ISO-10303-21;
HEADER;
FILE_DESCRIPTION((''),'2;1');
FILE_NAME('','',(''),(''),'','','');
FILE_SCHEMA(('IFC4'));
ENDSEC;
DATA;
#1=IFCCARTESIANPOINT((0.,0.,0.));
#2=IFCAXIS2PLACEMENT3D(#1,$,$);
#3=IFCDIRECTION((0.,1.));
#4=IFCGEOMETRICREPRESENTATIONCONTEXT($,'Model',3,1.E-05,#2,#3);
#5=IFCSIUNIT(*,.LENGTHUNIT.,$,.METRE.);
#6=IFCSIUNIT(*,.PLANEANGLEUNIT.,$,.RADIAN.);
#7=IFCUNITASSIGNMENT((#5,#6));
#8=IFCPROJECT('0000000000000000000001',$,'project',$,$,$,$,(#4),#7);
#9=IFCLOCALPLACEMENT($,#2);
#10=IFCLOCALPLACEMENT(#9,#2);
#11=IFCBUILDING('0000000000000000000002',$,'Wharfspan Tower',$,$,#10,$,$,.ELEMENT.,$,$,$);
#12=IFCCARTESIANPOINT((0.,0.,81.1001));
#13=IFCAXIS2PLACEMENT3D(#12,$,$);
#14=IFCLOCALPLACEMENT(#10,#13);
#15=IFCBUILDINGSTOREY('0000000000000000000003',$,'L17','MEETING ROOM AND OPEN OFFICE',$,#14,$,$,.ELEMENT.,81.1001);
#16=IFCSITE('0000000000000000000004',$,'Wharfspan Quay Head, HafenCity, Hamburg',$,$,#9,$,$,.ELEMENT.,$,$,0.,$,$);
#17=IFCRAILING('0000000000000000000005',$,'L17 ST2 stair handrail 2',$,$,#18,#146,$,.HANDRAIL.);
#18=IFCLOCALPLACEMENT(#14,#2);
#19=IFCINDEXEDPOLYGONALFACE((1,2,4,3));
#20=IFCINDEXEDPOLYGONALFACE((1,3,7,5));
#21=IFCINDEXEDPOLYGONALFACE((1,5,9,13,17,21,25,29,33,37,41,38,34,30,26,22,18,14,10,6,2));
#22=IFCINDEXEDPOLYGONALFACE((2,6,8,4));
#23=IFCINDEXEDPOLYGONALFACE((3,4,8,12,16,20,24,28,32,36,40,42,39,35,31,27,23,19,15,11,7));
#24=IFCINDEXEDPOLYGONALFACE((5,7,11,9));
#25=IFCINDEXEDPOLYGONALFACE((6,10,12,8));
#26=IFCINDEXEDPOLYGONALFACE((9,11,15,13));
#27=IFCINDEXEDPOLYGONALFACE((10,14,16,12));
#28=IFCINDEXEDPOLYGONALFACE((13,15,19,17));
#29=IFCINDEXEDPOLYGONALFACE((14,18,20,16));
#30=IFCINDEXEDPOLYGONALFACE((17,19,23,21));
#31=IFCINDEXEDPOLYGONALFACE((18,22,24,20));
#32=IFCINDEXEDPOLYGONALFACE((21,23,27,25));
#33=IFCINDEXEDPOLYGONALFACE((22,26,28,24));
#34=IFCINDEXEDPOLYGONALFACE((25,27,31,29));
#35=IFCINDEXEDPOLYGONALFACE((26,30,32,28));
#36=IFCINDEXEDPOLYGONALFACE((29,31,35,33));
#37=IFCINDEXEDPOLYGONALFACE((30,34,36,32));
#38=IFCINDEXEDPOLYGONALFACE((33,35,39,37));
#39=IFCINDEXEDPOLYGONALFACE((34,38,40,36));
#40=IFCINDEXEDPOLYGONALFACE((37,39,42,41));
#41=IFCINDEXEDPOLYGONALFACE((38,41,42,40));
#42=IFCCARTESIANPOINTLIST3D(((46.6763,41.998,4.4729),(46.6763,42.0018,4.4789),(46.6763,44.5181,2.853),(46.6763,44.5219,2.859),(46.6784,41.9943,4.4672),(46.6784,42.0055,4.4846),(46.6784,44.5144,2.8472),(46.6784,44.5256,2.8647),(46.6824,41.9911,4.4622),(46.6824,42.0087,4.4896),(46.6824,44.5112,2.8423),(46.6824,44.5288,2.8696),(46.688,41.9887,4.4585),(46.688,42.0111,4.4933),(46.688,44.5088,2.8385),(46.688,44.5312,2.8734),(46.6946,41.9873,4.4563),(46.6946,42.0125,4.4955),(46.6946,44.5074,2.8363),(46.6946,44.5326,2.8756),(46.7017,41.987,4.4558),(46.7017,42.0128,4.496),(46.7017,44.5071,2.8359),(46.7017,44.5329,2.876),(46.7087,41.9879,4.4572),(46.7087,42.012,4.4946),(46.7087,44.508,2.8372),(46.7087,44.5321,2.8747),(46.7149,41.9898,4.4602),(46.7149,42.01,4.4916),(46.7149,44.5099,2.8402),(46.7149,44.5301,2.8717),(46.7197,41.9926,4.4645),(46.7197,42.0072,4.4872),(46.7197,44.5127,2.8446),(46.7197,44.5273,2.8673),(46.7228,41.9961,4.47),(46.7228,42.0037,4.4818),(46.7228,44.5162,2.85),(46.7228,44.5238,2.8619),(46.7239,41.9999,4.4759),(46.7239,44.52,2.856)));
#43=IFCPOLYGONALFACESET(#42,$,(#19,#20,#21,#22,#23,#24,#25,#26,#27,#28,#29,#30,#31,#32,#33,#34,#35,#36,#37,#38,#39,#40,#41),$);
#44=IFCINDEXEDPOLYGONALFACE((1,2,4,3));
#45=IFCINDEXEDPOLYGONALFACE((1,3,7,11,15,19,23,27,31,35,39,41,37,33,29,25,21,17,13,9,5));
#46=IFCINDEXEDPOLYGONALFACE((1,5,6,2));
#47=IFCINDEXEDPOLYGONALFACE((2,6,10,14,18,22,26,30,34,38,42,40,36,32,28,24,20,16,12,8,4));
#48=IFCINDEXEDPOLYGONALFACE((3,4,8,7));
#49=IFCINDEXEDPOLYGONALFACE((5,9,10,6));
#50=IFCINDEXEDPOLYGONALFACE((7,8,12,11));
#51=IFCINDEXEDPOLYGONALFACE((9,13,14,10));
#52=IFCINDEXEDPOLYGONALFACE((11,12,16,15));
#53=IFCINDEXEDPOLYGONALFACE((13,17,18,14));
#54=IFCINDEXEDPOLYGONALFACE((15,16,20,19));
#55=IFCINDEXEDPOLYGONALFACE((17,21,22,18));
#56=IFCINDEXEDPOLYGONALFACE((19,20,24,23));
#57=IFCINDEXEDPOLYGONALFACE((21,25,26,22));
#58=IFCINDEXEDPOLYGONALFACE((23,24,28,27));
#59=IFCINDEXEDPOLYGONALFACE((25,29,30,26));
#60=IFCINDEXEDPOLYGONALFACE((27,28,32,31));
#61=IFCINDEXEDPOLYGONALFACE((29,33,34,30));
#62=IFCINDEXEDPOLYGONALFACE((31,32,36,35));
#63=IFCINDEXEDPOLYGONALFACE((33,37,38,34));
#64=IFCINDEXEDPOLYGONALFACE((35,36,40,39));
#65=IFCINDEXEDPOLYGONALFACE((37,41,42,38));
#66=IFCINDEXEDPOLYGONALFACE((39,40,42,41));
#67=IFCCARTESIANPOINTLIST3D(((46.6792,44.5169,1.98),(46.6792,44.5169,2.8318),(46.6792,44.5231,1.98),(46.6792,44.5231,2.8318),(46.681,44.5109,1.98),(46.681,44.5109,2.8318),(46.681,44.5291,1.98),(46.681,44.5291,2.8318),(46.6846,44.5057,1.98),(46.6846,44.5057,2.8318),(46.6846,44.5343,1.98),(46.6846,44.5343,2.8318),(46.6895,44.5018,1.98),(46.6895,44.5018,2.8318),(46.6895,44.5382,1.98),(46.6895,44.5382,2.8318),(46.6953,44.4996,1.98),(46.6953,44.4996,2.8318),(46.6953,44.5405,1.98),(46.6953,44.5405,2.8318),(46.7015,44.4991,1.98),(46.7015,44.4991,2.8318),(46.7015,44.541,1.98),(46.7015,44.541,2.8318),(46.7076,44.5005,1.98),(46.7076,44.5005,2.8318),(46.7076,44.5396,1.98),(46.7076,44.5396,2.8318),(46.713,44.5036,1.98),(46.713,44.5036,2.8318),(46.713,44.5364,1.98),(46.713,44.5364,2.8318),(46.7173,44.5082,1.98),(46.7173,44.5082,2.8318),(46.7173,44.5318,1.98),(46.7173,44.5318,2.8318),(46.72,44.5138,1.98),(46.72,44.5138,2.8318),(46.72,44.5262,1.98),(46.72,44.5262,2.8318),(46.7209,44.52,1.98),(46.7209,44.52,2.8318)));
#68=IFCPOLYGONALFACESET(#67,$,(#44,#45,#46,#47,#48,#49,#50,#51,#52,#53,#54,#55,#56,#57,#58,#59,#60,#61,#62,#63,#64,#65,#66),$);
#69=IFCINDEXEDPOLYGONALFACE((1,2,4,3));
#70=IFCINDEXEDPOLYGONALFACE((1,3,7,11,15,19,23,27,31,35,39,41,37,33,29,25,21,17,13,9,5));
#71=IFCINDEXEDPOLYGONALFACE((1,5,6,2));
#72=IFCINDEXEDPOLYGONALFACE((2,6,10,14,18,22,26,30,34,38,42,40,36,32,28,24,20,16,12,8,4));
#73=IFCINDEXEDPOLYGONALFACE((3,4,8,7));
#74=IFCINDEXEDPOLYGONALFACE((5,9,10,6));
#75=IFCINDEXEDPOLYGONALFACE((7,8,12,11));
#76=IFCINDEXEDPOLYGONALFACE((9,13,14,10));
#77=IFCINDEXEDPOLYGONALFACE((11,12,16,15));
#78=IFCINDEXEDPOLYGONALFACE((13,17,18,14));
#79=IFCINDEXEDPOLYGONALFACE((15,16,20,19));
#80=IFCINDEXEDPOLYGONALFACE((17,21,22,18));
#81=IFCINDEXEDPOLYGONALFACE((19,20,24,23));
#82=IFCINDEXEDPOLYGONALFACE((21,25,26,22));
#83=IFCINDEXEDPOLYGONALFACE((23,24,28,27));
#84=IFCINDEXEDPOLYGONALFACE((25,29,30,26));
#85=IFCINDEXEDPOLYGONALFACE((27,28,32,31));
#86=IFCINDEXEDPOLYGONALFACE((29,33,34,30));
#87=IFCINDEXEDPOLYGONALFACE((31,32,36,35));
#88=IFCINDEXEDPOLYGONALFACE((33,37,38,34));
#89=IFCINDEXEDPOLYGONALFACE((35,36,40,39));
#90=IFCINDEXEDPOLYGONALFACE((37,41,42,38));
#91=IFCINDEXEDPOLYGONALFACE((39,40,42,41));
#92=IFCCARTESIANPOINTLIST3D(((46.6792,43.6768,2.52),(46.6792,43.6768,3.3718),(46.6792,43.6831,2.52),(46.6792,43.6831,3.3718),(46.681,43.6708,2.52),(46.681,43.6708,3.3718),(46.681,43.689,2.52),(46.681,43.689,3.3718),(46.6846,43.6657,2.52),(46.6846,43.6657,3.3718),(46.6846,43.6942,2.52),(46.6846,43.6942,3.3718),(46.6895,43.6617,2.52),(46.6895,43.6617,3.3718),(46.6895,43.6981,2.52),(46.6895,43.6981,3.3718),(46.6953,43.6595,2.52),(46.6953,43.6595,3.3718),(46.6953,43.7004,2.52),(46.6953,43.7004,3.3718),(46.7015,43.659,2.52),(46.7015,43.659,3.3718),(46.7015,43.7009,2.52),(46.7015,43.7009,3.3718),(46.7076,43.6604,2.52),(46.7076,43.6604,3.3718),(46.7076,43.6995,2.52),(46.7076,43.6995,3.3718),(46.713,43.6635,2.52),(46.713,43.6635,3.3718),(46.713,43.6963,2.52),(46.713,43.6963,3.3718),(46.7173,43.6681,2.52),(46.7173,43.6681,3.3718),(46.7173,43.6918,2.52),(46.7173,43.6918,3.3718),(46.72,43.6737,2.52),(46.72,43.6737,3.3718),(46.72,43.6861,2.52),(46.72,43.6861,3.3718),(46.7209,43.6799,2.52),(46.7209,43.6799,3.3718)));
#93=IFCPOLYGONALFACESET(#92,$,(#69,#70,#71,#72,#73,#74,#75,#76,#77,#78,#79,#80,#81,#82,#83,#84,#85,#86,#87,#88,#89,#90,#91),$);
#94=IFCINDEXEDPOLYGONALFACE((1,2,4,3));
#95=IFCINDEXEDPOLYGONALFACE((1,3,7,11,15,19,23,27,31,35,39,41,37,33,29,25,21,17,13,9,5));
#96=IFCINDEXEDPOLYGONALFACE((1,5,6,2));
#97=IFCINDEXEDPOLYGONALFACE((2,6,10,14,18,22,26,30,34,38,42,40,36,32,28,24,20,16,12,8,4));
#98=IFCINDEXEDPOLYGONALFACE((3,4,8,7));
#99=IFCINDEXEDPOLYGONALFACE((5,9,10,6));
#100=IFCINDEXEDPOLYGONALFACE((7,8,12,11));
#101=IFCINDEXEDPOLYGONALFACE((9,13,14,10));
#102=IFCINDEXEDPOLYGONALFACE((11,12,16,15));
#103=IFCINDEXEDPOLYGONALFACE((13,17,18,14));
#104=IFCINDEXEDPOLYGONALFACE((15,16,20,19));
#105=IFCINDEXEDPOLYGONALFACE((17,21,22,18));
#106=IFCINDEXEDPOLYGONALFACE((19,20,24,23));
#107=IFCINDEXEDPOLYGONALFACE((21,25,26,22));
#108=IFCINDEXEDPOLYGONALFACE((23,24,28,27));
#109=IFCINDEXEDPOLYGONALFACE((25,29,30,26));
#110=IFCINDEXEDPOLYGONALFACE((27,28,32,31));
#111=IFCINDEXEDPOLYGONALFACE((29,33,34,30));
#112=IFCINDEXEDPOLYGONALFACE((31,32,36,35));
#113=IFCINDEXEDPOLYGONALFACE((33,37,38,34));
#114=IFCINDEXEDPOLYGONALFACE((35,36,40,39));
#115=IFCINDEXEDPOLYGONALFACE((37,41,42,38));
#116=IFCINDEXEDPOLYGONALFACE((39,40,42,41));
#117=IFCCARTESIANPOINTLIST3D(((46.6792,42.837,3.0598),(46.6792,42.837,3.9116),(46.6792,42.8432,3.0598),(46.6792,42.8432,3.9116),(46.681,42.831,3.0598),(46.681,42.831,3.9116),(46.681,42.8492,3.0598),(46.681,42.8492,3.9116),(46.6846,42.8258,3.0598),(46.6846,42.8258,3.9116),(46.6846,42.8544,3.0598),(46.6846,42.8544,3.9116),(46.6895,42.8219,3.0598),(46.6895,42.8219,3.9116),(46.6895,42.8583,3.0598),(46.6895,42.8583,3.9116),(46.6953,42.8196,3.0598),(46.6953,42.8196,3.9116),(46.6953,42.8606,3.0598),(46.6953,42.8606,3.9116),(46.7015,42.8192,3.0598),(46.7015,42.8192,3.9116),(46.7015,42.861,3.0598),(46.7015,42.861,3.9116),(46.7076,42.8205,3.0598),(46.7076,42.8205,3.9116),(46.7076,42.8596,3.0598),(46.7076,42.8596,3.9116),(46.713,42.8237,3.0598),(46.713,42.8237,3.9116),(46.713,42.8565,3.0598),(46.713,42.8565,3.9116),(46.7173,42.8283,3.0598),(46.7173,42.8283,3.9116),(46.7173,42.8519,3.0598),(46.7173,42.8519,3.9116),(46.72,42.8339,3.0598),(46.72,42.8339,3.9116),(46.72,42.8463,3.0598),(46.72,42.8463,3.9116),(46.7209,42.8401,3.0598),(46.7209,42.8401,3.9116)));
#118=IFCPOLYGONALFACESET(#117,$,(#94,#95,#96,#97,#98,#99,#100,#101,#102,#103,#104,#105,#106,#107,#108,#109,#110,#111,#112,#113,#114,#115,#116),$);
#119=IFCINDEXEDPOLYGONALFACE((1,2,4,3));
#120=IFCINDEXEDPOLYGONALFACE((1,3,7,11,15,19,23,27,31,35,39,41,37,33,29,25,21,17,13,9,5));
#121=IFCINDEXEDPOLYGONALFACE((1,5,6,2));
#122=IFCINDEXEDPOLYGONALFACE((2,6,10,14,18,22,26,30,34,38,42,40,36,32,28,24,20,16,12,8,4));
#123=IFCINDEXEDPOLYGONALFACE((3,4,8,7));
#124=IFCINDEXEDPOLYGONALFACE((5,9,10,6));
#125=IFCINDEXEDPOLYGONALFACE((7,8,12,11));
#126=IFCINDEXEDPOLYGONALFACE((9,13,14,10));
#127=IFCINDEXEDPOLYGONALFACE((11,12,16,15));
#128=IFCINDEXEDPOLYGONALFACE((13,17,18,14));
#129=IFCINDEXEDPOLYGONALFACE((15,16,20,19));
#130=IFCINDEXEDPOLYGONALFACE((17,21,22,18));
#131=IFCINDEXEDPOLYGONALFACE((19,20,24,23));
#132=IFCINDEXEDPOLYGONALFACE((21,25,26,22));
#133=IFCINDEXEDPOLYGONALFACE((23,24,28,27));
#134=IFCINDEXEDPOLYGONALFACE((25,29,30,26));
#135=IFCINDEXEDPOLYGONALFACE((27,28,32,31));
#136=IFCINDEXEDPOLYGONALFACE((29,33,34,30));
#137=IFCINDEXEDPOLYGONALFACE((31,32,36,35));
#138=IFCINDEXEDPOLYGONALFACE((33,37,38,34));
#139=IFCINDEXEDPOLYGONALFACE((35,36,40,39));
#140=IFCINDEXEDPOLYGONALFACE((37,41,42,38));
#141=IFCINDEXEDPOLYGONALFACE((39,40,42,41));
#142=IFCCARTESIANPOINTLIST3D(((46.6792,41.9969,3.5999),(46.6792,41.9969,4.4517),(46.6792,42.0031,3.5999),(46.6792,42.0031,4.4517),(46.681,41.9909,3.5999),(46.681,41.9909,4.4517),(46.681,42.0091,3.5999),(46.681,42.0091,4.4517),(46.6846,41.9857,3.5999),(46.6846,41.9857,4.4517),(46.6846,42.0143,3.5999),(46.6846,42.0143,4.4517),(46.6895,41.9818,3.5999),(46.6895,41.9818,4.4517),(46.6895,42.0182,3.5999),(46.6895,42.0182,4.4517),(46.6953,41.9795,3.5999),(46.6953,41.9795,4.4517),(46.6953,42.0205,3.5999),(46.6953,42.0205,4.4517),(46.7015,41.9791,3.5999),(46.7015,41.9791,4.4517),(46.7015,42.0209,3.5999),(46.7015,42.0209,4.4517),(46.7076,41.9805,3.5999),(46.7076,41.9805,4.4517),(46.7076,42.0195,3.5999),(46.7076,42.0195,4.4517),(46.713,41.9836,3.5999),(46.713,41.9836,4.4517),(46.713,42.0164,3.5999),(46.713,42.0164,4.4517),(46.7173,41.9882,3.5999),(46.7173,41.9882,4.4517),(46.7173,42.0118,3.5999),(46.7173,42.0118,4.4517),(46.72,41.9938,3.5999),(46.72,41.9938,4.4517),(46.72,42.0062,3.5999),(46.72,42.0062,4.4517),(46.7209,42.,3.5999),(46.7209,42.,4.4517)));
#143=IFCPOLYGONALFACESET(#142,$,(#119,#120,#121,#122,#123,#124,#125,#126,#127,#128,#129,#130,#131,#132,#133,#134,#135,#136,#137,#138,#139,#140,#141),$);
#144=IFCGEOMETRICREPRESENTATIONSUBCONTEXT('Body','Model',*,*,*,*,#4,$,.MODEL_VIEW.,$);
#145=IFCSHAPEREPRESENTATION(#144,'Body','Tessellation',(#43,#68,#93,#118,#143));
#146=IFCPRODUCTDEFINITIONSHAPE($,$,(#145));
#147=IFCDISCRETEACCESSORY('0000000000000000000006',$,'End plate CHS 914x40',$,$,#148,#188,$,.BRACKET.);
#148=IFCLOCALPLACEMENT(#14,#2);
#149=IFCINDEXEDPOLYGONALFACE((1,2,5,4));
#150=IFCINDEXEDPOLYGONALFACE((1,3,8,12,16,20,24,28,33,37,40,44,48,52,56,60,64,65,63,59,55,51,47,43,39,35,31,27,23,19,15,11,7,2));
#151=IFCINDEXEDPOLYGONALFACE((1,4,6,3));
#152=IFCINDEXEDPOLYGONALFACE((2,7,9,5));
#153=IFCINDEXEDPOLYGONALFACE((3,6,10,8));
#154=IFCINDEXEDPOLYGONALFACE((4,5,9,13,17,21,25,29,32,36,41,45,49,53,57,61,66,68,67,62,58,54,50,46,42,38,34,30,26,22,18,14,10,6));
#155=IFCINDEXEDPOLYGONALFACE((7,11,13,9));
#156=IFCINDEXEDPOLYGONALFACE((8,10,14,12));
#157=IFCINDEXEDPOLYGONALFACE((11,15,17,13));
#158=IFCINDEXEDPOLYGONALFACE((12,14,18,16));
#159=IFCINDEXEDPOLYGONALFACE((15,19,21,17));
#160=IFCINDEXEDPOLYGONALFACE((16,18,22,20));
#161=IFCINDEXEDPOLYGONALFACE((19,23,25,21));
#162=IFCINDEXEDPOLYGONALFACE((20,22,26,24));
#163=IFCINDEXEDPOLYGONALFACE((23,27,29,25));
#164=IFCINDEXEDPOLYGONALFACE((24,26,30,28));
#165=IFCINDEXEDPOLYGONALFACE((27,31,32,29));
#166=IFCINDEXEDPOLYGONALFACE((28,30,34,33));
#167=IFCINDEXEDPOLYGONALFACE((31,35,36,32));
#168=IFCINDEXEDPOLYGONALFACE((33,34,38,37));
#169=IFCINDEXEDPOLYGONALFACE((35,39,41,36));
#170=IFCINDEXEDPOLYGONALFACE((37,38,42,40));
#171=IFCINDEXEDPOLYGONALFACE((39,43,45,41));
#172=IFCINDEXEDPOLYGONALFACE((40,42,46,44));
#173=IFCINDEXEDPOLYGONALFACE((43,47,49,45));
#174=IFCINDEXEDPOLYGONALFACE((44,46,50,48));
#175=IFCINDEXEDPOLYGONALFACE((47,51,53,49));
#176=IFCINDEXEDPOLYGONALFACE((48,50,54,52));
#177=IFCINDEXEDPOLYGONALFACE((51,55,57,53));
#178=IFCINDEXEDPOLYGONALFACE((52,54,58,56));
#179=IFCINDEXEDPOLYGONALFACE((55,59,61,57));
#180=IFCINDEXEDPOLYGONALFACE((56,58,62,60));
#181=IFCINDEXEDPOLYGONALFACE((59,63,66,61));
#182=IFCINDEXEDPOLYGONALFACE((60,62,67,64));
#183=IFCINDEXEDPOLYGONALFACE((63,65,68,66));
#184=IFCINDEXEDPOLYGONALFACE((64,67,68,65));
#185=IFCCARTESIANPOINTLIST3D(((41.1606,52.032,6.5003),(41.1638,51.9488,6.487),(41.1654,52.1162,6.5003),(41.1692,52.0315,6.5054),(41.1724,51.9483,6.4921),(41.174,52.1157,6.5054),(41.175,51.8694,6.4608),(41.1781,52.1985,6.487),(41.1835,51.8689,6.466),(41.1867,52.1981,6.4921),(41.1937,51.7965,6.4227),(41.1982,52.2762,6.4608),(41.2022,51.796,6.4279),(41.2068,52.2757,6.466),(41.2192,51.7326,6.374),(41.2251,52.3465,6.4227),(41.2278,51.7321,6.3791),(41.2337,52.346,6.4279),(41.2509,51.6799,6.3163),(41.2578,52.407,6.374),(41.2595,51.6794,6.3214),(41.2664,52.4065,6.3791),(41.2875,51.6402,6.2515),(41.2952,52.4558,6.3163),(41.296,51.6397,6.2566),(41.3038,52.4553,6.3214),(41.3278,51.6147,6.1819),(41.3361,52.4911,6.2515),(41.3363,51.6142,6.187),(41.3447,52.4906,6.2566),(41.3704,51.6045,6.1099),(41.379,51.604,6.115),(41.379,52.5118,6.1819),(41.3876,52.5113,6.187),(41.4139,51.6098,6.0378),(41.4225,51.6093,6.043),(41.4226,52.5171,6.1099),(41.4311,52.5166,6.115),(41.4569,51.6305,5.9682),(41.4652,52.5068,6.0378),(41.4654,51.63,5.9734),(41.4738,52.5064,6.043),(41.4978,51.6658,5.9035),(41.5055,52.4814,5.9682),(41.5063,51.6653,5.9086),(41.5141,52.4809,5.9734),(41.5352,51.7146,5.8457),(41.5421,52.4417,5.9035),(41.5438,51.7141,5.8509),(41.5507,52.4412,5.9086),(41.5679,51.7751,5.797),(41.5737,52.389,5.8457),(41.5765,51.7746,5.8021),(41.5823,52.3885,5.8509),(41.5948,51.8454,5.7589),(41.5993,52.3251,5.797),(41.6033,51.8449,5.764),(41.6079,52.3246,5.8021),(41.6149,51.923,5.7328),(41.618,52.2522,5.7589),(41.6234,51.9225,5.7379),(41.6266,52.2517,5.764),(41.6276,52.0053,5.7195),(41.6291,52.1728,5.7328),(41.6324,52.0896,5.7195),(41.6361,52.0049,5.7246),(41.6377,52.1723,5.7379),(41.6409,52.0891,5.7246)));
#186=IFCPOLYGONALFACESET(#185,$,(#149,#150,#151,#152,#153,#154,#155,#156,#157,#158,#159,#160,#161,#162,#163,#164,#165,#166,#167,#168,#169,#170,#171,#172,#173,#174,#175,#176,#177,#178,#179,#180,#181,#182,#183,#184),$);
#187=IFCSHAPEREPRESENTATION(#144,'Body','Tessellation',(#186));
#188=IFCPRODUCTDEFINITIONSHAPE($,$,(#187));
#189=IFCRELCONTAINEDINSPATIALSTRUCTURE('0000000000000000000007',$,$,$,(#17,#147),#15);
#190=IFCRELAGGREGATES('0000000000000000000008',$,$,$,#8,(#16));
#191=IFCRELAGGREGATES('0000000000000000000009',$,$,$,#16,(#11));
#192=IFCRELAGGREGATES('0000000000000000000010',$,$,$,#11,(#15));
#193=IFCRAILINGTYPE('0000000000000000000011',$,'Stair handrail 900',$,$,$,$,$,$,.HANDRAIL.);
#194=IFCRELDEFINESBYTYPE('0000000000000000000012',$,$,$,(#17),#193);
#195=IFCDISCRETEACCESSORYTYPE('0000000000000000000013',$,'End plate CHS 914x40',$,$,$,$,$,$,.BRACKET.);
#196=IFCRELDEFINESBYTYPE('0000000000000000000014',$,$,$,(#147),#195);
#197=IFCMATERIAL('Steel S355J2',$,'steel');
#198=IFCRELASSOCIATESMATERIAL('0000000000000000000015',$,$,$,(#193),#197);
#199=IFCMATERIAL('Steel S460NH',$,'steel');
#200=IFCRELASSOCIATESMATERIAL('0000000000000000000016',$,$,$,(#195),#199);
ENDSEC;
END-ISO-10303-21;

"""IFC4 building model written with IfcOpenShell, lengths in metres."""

from ifc_helpers import new_model, si_unit, direction, frame, origin, origin_2d, place, context, subcontext, project, spatial, circle, extrude, material, material_profile, profile_set, type_object, element, save


model = new_model("IFC4")

# Units and contexts
model_context = context("Model", 3, precision=1e-05, world=origin(), true_north=direction((0.0, 1.0)))
body_context = subcontext(model_context, "Body", "Model", "MODEL_VIEW")
ifc_project = project(units=[si_unit("LENGTHUNIT", "METRE"), si_unit("PLANEANGLEUNIT", "RADIAN")], contexts=[model_context])

# Site, building, storey
site_placement = place(None, origin())
site = spatial("IfcSite", under=ifc_project, at=site_placement, Name="Wharfspan Quay Head, HafenCity, Hamburg", CompositionType="ELEMENT", RefElevation=0.0)
building_placement = place(site_placement, origin())
building = spatial("IfcBuilding", under=site, at=building_placement, Name="Wharfspan Tower", CompositionType="ELEMENT")
storey_placement = place(building_placement, frame((0.0, 0.0, 81.1001)))
storey = spatial("IfcBuildingStorey", under=building, at=storey_placement, Name="L17", Description="MEETING ROOM AND OPEN OFFICE", CompositionType="ELEMENT", Elevation=81.1001)

# Shared definitions
ifc_material_1 = material(Name="Steel S355J2", Category="steel")

# Shared definitions
ifc_material_2 = material(Name="Steel S460NH", Category="steel")

# Railing
railing_type_1 = type_object("IfcRailingType", Name="Stair handrail 900", PredefinedType="HANDRAIL", material=ifc_material_1)
railing_1_placement = place(storey_placement, frame((46.7, 44.52, 1.98)))
element("IfcRailing", 1, at=railing_1_placement, inside=storey, type_object=railing_type_1, Name="L17 ST2 stair handrail 2", PredefinedType="HANDRAIL", context=body_context, shape_type="SweptSolid", body=[
    extrude(circle(Radius=0.0239, at=origin_2d()), frame((0.0, 0.0, 0.876), z_axis=(0.0, -0.8412, 0.540725), x_axis=(1.0, 0.0, 0.0)), (0.0, 0.0, 1.0), 2.9958),
    extrude(circle(Radius=0.021, at=origin_2d()), origin(), (0.0, 0.0, 1.0), 0.8518),
    extrude(circle(Radius=0.021, at=origin_2d()), frame((0.0, -0.8401, 0.54)), (0.0, 0.0, 1.0), 0.8518),
    extrude(circle(Radius=0.021, at=origin_2d()), frame((0.0, -1.6799, 1.0798)), (0.0, 0.0, 1.0), 0.8518),
    extrude(circle(Radius=0.021, at=origin_2d()), frame((0.0, -2.52, 1.6199)), (0.0, 0.0, 1.0), 0.8518),
])

# Discrete accessory
ifc_material_profile_1 = material_profile(ifc_material_2, circle(Radius=0.457, at=origin_2d()))
ifc_profile_set_1 = profile_set([ifc_material_profile_1], Name="Steel S460NH")
discrete_accessory_type = type_object("IfcDiscreteAccessoryType", Name="End plate CHS 914x40", PredefinedType="BRACKET", material=ifc_profile_set_1)
for number, where, z_axis, x_axis, name in (
    (2, (41.3965, 52.0608, 6.1099), (0.856465, -0.048941, 0.513879), (0.05705, 0.998372, 0.0), "End plate CHS 914x40"),
):
    element("IfcDiscreteAccessory", number, at=place(storey_placement, frame(where, z_axis=z_axis, x_axis=x_axis)), inside=storey, type_object=discrete_accessory_type, Name=name, PredefinedType="BRACKET", context=body_context, shape_type="SweptSolid", body=[
        extrude(circle(Radius=0.457, at=origin_2d()), origin(), (0.0, 0.0, 1.0), 0.01),
    ])

save(model, "model.ifc")
